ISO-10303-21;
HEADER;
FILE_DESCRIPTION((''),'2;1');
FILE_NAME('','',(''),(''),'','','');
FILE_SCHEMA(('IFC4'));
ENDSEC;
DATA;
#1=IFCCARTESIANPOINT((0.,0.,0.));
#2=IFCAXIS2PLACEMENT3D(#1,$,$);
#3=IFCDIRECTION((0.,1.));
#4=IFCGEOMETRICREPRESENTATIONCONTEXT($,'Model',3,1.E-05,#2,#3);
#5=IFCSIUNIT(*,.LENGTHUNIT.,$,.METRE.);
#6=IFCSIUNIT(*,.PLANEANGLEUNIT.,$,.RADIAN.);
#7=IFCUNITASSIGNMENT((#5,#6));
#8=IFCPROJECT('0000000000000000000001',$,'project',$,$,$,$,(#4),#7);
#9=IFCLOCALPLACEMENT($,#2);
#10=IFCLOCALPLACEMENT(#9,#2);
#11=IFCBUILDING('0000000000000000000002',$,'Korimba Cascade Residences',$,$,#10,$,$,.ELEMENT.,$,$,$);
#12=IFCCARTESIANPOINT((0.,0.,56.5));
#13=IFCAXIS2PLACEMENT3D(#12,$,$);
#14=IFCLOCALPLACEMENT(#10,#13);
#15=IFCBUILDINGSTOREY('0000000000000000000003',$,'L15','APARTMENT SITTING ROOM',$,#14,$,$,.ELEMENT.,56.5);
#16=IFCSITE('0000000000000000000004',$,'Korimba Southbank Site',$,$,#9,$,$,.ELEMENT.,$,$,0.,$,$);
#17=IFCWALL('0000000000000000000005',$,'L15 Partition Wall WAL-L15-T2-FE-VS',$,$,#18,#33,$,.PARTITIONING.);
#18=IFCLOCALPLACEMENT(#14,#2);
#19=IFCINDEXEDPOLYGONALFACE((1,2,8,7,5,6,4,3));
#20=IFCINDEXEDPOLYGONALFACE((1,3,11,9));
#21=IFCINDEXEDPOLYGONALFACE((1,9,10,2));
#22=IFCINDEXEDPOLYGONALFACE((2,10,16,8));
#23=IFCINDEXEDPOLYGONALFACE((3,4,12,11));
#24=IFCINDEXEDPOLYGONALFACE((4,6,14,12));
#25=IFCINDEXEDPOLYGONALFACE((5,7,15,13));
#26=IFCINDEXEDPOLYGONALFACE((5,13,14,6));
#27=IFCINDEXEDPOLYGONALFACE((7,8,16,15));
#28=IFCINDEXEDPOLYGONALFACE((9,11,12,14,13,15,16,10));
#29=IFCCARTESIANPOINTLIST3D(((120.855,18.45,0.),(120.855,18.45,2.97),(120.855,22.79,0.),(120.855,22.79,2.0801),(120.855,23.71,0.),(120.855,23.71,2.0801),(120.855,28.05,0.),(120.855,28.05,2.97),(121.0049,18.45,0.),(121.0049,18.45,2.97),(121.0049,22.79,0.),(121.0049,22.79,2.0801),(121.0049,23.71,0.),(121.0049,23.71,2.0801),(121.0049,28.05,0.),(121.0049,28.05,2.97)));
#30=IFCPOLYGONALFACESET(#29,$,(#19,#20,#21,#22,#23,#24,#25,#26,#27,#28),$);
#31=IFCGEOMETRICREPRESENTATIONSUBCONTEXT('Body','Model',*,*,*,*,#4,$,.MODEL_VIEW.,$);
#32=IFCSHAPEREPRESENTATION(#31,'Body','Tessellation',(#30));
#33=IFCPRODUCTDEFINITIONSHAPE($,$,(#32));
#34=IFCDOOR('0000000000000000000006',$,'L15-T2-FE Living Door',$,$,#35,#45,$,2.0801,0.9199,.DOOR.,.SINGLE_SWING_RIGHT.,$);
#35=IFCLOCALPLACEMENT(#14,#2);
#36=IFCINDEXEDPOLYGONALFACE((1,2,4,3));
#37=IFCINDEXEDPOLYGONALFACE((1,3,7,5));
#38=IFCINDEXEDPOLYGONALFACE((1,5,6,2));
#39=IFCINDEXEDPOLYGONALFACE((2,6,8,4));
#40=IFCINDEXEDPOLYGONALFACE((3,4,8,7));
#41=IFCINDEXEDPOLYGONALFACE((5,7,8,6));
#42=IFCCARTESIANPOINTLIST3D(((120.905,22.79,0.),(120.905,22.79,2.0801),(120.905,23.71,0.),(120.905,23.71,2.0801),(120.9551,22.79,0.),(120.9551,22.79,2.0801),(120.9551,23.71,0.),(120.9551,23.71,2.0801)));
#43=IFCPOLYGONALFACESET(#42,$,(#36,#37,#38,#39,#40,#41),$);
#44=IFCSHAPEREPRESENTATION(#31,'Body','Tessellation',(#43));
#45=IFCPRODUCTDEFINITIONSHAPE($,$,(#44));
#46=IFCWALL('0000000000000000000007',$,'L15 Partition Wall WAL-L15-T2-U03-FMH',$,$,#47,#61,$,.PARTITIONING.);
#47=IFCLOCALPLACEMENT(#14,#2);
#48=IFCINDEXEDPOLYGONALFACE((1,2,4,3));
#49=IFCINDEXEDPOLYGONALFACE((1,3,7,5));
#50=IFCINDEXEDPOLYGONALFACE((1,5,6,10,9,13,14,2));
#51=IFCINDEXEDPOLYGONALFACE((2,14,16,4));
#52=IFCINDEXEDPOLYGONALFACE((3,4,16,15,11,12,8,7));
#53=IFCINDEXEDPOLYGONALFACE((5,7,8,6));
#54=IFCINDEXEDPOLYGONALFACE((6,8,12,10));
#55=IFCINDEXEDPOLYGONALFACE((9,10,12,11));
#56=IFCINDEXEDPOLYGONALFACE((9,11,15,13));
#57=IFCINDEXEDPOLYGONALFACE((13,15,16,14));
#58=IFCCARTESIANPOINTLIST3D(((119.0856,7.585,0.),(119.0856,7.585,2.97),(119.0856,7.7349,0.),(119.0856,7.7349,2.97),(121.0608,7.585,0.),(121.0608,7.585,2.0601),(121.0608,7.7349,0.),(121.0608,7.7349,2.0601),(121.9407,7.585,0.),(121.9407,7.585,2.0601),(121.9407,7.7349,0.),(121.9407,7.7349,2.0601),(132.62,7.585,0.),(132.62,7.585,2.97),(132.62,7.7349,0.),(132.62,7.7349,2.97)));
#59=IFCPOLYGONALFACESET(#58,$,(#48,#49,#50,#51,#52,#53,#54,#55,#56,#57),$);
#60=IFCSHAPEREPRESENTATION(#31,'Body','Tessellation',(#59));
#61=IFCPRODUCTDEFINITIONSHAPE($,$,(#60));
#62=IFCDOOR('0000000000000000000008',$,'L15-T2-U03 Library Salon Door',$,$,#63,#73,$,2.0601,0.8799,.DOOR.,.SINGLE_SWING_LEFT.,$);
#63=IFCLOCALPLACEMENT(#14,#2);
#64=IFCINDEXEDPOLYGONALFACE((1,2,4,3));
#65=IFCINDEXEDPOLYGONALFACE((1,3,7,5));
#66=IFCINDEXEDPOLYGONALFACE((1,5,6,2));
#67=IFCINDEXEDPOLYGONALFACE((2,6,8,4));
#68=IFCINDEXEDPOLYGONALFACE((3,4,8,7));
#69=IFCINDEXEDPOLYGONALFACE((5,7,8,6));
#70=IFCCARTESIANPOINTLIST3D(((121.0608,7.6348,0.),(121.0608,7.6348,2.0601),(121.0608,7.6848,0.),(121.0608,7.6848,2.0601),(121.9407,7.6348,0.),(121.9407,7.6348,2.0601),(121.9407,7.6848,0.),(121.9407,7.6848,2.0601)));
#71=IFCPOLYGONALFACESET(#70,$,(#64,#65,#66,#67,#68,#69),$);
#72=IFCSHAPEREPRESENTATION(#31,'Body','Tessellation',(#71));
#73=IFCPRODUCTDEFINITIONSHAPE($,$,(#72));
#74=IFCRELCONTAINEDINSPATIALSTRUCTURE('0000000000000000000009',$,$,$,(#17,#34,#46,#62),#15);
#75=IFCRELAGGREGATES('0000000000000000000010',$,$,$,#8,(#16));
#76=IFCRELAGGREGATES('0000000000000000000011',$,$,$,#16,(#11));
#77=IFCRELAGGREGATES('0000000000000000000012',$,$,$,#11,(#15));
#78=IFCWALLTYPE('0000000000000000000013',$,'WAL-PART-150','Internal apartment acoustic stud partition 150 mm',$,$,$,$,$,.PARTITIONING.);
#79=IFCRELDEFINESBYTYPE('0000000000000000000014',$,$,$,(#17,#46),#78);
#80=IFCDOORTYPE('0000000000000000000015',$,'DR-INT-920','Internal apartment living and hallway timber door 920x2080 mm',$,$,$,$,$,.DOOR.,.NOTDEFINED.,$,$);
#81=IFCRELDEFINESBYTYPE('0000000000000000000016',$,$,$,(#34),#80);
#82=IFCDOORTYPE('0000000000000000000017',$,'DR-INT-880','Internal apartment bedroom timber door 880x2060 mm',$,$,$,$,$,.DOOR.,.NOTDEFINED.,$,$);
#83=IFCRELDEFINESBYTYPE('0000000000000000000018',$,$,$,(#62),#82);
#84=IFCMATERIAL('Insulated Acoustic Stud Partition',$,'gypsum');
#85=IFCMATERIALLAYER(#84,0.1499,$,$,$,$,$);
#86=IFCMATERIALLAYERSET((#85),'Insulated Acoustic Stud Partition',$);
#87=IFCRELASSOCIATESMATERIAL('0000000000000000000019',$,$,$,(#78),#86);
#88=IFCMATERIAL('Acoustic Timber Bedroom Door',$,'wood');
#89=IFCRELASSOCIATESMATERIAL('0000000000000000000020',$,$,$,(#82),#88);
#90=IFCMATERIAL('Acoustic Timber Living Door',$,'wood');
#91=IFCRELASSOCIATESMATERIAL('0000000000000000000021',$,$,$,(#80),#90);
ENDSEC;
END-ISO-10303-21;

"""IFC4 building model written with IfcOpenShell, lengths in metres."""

from ifc_helpers import new_model, si_unit, direction, frame, frame_2d, origin, place, context, subcontext, project, spatial, rectangle, extrude, material, layer, layer_set, type_object, element, fill, save


model = new_model("IFC4")

# Units and contexts
model_context = context("Model", 3, precision=1e-05, world=origin(), true_north=direction((0.0, 1.0)))
body_context = subcontext(model_context, "Body", "Model", "MODEL_VIEW")
ifc_project = project(units=[si_unit("LENGTHUNIT", "METRE"), si_unit("PLANEANGLEUNIT", "RADIAN")], contexts=[model_context])

# Site, building, storey
site_placement = place(None, origin())
site = spatial("IfcSite", under=ifc_project, at=site_placement, Name="Korimba Southbank Site", CompositionType="ELEMENT", RefElevation=0.0)
building_placement = place(site_placement, origin())
building = spatial("IfcBuilding", under=site, at=building_placement, Name="Korimba Cascade Residences", CompositionType="ELEMENT")
storey_placement = place(building_placement, frame((0.0, 0.0, 56.5)))
storey = spatial("IfcBuildingStorey", under=building, at=storey_placement, Name="L15", Description="APARTMENT SITTING ROOM", CompositionType="ELEMENT", Elevation=56.5)

# Walls, openings, doors
ifc_material_1 = material(Name="Insulated Acoustic Stud Partition", Category="gypsum")
ifc_layer_1 = layer(ifc_material_1, 0.1499)
ifc_layer_set_1 = layer_set([ifc_layer_1], Name="Insulated Acoustic Stud Partition")
wall_type_1 = type_object("IfcWallType", Name="WAL-PART-150", Description="Internal apartment acoustic stud partition 150 mm", PredefinedType="PARTITIONING", material=ifc_layer_set_1)
ifc_material_2 = material(Name="Acoustic Timber Bedroom Door", Category="wood")
door_type_1 = type_object("IfcDoorType", Name="DR-INT-880", Description="Internal apartment bedroom timber door 880x2060 mm", OperationType="NOTDEFINED", PredefinedType="DOOR", material=ifc_material_2)
wall_1_placement = place(storey_placement, frame((120.9299, 18.45, 0.0), z_axis=(0.0, 0.0, 1.0), x_axis=(0.0, 1.0, 0.0)))
wall_1 = element("IfcWall", 1, at=wall_1_placement, inside=storey, type_object=wall_type_1, Name="L15 Partition Wall WAL-L15-T2-FE-VS", PredefinedType="PARTITIONING", context=body_context, shape_type="SweptSolid", body=[
    extrude(rectangle(XDim=9.6001, YDim=0.1499, at=frame_2d((4.8, 0.0))), origin(), (0.0, 0.0, 1.0), 2.97),
])
opening_1_placement = place(wall_1_placement, frame((4.3401, 0.0, 0.0)))
opening_1 = element("IfcOpeningElement", 2, at=opening_1_placement, cuts=wall_1, PredefinedType="OPENING", context=body_context, shape_type="SweptSolid", body=[
    extrude(rectangle(XDim=0.9199, YDim=2.0801, at=frame_2d((0.46, 1.04))), frame((0.0, 0.085, 0.0), z_axis=(0.0, -1.0, 0.0), x_axis=(1.0, 0.0, 0.0)), (0.0, 0.0, 1.0), 0.1699),
])
ifc_material_3 = material(Name="Acoustic Timber Living Door", Category="wood")
door_type_2 = type_object("IfcDoorType", Name="DR-INT-920", Description="Internal apartment living and hallway timber door 920x2080 mm", OperationType="NOTDEFINED", PredefinedType="DOOR", material=ifc_material_3)
door_1_placement = place(opening_1_placement, origin())
door_1 = element("IfcDoor", 3, at=door_1_placement, inside=storey, type_object=door_type_2, Name="L15-T2-FE Living Door", OperationType="SINGLE_SWING_RIGHT", OverallHeight=2.0801, OverallWidth=0.9199, PredefinedType="DOOR", context=body_context, shape_type="SweptSolid", body=[
    extrude(rectangle(XDim=0.9199, YDim=2.0801, at=frame_2d((0.46, 1.04))), frame((0.0, 0.0249, 0.0), z_axis=(0.0, -1.0, 0.0), x_axis=(1.0, 0.0, 0.0)), (0.0, 0.0, 1.0), 0.05),
])
fill(opening_1, door_1)
wall_2_placement = place(storey_placement, frame((119.0857, 7.6599, 0.0), z_axis=(0.0, 0.0, 1.0), x_axis=(1.0, 0.0, 0.0)))
wall_2 = element("IfcWall", 4, at=wall_2_placement, inside=storey, type_object=wall_type_1, Name="L15 Partition Wall WAL-L15-T2-U03-FMH", PredefinedType="PARTITIONING", context=body_context, shape_type="SweptSolid", body=[
    extrude(rectangle(XDim=13.5344, YDim=0.1499, at=frame_2d((6.7671, 0.0))), origin(), (0.0, 0.0, 1.0), 2.97),
])
opening_2_placement = place(wall_2_placement, frame((1.9751, 0.0, 0.0)))
opening_2 = element("IfcOpeningElement", 5, at=opening_2_placement, cuts=wall_2, PredefinedType="OPENING", context=body_context, shape_type="SweptSolid", body=[
    extrude(rectangle(XDim=0.8799, YDim=2.0601, at=frame_2d((0.4399, 1.03))), frame((0.0, 0.085, 0.0), z_axis=(0.0, -1.0, 0.0), x_axis=(1.0, 0.0, 0.0)), (0.0, 0.0, 1.0), 0.1699),
])
door_2_placement = place(opening_2_placement, origin())
door_2 = element("IfcDoor", 6, at=door_2_placement, inside=storey, type_object=door_type_1, Name="L15-T2-U03 Library Salon Door", OperationType="SINGLE_SWING_LEFT", OverallHeight=2.0601, OverallWidth=0.8799, PredefinedType="DOOR", context=body_context, shape_type="SweptSolid", body=[
    extrude(rectangle(XDim=0.8799, YDim=2.0601, at=frame_2d((0.4399, 1.03))), frame((0.0, 0.0249, 0.0), z_axis=(0.0, -1.0, 0.0), x_axis=(1.0, 0.0, 0.0)), (0.0, 0.0, 1.0), 0.05),
])
fill(opening_2, door_2)

save(model, "model.ifc")
